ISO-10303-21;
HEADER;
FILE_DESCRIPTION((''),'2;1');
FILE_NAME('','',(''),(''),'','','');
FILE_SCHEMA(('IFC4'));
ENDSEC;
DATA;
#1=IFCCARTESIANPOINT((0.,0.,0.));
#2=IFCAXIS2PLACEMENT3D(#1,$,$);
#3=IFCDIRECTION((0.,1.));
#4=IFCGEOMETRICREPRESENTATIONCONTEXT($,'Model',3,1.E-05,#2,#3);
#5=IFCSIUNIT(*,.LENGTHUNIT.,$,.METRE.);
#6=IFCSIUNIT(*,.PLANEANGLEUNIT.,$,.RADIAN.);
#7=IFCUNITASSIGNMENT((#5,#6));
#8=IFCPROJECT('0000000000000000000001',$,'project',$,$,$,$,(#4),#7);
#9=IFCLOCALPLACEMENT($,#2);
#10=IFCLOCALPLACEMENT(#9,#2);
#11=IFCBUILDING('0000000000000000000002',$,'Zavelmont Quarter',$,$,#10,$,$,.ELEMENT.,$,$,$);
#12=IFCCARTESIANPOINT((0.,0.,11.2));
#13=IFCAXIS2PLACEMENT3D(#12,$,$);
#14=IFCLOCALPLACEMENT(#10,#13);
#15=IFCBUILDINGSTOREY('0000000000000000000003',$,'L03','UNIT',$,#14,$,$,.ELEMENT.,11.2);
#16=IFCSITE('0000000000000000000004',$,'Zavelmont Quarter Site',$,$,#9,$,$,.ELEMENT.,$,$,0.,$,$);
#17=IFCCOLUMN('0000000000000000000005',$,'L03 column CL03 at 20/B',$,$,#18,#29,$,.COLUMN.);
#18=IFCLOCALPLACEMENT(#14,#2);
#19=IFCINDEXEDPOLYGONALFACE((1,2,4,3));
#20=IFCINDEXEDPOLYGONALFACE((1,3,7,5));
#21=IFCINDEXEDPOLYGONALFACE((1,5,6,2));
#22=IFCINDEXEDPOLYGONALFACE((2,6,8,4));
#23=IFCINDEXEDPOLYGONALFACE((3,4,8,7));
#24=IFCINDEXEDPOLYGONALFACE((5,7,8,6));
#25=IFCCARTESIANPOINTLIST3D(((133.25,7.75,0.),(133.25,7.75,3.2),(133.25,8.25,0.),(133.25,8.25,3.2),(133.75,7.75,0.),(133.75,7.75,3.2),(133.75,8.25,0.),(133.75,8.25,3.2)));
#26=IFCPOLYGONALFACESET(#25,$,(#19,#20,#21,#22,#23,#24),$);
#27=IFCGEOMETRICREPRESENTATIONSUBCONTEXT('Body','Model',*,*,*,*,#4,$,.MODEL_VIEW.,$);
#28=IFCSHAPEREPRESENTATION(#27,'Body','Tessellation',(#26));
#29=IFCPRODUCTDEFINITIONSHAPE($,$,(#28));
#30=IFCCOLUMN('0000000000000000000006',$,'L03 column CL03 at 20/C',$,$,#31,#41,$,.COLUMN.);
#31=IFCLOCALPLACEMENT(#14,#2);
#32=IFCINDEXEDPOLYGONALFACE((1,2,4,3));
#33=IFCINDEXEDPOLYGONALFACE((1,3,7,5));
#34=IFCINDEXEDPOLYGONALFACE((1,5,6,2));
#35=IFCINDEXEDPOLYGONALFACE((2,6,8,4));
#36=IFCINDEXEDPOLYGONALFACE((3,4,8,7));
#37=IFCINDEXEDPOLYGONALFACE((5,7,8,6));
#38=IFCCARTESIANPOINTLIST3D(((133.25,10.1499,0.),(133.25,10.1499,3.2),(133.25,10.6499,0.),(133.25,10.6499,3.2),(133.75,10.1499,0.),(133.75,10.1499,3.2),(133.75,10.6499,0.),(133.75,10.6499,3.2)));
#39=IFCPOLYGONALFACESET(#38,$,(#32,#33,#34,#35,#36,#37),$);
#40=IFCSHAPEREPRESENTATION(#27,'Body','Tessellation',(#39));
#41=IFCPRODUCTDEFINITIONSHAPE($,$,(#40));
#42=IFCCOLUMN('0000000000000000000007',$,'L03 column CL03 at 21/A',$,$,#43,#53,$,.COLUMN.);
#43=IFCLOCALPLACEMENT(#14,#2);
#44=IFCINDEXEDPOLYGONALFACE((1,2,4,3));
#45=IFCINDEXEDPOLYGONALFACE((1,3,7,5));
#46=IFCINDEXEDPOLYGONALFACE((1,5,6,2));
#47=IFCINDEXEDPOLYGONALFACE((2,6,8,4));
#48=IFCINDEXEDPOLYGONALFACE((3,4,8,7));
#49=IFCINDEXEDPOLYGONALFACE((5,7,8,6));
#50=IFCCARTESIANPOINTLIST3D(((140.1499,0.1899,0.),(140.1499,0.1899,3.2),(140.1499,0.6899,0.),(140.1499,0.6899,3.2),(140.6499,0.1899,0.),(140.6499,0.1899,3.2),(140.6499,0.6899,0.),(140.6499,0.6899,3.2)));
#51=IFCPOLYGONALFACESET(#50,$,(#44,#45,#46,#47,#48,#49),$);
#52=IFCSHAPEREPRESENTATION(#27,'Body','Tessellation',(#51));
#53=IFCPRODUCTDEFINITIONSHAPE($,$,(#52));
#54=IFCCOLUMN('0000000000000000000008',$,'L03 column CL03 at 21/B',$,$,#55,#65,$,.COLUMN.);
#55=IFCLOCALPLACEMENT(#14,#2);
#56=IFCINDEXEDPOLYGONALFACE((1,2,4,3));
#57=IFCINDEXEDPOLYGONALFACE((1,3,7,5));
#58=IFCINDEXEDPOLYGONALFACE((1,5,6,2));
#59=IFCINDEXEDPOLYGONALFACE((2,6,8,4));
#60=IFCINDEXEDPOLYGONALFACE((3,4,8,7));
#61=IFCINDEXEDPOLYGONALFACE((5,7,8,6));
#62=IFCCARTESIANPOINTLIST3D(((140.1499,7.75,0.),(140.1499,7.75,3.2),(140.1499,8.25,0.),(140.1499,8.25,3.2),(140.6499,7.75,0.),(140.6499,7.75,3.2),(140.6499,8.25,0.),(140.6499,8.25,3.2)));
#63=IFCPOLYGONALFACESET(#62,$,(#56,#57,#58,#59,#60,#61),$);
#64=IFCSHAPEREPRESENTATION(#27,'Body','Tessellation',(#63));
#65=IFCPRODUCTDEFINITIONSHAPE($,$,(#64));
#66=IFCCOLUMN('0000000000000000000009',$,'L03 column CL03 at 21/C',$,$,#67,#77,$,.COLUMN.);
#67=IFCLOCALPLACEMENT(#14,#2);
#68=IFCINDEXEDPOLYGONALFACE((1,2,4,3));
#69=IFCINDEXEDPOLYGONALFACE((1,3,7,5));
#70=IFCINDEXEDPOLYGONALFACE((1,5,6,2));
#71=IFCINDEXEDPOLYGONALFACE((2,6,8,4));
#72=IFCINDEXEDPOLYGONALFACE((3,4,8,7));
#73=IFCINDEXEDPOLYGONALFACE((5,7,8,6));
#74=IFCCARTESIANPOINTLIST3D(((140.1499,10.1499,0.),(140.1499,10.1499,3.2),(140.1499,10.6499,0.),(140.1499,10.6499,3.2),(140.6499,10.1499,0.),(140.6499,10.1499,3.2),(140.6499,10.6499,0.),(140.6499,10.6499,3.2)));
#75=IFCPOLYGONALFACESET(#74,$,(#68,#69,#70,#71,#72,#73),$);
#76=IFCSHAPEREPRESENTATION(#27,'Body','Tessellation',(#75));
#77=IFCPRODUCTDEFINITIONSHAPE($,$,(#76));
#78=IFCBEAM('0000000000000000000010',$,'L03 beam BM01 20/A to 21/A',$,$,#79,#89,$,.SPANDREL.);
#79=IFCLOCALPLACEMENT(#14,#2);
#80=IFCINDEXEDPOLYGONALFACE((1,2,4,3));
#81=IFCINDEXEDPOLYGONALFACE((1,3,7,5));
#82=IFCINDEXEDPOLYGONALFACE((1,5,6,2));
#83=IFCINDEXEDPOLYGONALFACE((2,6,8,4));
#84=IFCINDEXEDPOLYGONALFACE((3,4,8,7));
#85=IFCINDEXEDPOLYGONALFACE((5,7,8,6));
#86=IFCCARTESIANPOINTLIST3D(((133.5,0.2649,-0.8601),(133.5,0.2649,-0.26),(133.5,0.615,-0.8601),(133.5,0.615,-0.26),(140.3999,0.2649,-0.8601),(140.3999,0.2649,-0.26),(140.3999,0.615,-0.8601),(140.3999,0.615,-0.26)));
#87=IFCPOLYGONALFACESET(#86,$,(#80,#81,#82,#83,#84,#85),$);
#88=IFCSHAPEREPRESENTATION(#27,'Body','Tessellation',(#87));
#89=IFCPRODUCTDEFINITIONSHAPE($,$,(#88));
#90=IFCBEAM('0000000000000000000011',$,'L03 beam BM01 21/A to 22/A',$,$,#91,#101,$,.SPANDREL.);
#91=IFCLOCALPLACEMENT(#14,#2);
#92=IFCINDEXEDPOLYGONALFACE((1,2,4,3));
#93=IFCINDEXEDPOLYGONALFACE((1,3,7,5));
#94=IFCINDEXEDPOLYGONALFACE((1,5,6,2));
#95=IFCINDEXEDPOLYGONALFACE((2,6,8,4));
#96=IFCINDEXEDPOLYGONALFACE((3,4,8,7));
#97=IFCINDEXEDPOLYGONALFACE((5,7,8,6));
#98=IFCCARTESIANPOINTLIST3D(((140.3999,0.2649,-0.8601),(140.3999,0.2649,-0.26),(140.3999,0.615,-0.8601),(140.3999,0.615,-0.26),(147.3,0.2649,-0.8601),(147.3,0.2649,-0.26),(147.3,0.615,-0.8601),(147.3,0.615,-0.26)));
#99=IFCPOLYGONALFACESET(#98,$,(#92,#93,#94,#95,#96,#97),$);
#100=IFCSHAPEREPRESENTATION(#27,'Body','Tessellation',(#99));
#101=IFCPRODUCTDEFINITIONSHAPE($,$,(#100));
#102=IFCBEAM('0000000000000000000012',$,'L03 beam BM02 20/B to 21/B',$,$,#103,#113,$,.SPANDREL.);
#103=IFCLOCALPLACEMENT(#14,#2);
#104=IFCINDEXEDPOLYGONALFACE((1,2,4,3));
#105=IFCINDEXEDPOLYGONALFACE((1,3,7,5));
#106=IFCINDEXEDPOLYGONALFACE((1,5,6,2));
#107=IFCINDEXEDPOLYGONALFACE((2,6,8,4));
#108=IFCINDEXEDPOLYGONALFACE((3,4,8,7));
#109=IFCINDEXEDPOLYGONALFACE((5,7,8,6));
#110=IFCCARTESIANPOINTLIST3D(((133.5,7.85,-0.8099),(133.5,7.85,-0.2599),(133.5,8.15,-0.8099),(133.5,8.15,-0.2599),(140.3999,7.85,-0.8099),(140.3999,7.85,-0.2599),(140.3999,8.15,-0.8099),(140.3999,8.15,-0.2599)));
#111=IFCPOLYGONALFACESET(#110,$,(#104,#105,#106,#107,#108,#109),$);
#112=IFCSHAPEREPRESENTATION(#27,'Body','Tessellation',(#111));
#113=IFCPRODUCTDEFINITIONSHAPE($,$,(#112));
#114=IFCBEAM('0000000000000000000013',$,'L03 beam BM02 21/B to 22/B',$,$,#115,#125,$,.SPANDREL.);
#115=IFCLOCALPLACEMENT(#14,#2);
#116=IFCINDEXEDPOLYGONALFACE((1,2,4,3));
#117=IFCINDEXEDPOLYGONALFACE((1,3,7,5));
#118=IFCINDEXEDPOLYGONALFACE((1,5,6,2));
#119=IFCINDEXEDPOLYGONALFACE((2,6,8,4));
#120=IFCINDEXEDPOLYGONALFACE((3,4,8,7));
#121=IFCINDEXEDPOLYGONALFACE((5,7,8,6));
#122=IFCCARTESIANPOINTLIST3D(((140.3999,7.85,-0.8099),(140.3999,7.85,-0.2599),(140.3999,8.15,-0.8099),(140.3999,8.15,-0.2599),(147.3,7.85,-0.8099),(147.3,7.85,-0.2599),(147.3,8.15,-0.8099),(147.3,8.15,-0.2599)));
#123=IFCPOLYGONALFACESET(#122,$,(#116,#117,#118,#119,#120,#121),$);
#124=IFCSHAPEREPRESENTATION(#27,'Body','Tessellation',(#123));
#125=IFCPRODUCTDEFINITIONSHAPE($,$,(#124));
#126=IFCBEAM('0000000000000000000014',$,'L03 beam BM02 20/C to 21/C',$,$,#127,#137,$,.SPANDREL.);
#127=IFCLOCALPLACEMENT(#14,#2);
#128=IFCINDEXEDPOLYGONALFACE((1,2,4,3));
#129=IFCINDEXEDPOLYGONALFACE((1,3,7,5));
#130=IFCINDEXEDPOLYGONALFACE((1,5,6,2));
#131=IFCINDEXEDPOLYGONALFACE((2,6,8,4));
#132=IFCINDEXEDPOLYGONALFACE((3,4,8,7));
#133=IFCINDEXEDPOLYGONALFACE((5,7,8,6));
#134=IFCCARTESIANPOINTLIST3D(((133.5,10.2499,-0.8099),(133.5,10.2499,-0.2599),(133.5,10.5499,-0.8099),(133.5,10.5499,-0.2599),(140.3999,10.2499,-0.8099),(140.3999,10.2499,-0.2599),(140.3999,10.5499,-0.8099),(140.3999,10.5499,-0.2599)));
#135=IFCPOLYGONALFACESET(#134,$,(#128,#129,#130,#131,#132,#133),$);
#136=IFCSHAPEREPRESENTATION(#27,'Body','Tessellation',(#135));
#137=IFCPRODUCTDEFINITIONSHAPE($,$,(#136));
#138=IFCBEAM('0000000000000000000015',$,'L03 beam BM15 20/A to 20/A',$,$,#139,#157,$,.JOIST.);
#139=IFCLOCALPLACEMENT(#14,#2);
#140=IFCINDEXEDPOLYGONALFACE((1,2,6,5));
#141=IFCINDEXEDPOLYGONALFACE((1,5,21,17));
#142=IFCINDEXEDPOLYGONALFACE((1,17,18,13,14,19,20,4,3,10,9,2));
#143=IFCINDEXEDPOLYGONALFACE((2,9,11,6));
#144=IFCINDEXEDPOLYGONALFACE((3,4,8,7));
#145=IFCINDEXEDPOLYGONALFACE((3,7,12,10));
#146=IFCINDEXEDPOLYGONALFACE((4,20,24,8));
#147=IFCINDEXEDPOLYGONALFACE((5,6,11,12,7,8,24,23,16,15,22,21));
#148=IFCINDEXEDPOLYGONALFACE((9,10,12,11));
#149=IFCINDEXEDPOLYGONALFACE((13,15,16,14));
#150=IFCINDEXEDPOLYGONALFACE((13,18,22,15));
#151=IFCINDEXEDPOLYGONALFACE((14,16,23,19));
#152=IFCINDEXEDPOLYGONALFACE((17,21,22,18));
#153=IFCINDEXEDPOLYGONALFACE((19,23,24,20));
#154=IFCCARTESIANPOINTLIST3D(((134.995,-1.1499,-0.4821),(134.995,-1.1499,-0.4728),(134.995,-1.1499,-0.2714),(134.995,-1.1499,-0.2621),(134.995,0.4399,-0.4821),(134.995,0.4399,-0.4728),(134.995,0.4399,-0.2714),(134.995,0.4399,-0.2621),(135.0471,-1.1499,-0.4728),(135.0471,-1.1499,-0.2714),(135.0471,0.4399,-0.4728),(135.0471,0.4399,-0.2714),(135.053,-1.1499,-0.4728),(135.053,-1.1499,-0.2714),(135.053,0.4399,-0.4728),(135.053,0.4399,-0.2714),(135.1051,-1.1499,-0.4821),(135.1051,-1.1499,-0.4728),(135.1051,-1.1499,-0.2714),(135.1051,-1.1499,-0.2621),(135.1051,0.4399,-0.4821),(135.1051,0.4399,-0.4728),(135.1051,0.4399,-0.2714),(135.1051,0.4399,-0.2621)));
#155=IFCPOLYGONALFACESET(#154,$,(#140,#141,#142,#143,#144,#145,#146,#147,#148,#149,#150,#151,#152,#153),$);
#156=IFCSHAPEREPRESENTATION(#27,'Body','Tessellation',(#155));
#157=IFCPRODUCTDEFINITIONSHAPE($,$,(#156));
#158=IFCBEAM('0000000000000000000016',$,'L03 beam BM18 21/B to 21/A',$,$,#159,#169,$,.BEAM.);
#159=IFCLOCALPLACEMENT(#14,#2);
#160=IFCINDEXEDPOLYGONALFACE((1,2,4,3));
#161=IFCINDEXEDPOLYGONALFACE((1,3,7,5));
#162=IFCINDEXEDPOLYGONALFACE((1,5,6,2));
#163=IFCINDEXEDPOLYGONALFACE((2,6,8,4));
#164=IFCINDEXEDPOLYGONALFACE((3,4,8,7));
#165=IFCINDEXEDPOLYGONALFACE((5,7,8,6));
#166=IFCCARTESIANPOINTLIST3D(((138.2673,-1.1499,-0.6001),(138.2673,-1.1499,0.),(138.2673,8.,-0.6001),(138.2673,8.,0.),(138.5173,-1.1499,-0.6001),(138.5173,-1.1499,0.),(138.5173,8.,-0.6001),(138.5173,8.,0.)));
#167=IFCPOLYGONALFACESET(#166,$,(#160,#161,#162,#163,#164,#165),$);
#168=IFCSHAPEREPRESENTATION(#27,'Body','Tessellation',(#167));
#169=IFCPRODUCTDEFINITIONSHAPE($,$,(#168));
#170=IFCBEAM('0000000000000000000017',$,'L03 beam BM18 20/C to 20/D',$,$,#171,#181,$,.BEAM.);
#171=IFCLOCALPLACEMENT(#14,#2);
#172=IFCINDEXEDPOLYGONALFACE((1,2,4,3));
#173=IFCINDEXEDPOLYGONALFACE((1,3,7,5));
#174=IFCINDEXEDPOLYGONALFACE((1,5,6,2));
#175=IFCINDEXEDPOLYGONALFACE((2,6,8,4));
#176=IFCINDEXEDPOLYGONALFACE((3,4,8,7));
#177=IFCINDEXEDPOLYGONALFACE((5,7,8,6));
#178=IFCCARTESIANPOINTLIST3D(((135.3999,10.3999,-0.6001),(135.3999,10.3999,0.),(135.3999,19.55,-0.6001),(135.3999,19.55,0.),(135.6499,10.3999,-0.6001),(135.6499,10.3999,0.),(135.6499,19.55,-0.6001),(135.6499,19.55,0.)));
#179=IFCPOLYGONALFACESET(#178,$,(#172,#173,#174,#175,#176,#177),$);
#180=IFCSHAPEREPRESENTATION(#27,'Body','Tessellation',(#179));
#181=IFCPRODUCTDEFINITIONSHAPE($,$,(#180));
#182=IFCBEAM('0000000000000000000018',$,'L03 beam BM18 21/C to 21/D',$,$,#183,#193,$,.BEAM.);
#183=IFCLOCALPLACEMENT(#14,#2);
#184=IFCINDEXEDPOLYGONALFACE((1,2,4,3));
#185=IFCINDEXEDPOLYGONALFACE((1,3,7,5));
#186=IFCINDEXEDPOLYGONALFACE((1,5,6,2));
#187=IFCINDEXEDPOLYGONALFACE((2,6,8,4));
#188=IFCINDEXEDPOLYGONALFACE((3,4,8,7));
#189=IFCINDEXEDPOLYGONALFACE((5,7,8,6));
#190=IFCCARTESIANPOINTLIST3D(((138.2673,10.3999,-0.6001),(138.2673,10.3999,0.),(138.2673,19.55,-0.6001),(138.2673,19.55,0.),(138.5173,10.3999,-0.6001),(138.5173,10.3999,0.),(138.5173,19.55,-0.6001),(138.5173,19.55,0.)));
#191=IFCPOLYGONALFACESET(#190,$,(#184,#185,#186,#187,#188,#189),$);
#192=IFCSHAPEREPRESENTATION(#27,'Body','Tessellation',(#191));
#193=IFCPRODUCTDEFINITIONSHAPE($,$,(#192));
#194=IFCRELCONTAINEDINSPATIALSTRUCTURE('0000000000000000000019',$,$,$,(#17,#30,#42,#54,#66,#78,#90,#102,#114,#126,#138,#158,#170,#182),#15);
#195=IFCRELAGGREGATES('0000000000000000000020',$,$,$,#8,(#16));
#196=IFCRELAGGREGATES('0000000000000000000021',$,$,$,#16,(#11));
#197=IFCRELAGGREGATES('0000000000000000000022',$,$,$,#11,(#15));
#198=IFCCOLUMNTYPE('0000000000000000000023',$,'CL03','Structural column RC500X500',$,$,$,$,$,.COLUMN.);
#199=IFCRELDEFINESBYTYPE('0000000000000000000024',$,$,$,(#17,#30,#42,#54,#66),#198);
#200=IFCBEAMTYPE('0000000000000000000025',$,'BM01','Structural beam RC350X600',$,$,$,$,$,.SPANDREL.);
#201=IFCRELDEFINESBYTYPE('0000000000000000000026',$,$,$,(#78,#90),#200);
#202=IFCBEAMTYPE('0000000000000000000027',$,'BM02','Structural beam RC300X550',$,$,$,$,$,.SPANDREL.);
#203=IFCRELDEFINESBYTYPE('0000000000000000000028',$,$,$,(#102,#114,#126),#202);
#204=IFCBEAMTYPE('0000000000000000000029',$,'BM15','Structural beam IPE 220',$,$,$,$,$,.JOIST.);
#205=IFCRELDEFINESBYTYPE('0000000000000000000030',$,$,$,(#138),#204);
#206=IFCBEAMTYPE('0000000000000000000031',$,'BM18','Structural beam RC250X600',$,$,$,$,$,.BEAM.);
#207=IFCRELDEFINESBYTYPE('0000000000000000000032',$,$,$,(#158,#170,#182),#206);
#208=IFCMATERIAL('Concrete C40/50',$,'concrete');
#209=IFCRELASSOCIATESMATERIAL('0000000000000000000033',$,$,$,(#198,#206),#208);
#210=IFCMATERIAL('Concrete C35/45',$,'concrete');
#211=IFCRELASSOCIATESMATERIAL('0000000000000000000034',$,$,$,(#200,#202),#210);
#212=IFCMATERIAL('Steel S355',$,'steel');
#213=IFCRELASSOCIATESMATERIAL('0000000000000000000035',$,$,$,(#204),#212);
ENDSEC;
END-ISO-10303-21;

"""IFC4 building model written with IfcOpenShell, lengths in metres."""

from ifc_helpers import new_model, si_unit, direction, frame, origin, origin_2d, place, context, subcontext, project, spatial, rectangle, i_section, extrude, material, material_profile, profile_set, type_object, element, save


model = new_model("IFC4")

# Units and contexts
model_context = context("Model", 3, precision=1e-05, world=origin(), true_north=direction((0.0, 1.0)))
body_context = subcontext(model_context, "Body", "Model", "MODEL_VIEW")
ifc_project = project(units=[si_unit("LENGTHUNIT", "METRE"), si_unit("PLANEANGLEUNIT", "RADIAN")], contexts=[model_context])

# Site, building, storey
site_placement = place(None, origin())
site = spatial("IfcSite", under=ifc_project, at=site_placement, Name="Zavelmont Quarter Site", CompositionType="ELEMENT", RefElevation=0.0)
building_placement = place(site_placement, origin())
building = spatial("IfcBuilding", under=site, at=building_placement, Name="Zavelmont Quarter", CompositionType="ELEMENT")
storey_placement = place(building_placement, frame((0.0, 0.0, 11.2)))
storey = spatial("IfcBuildingStorey", under=building, at=storey_placement, Name="L03", Description="UNIT", CompositionType="ELEMENT", Elevation=11.2)

# Columns
ifc_material_1 = material(Name="Concrete C40/50", Category="concrete")
ifc_material_profile_1 = material_profile(ifc_material_1, rectangle(XDim=0.5, YDim=0.5, at=origin_2d()), Name="RC500X500")
ifc_profile_set_1 = profile_set([ifc_material_profile_1], Name="Concrete C40/50")
column_type = type_object("IfcColumnType", Name="CL03", Description="Structural column RC500X500", PredefinedType="COLUMN", material=ifc_profile_set_1)
for number, where, z_axis, x_axis, name in (
    (1, (133.5, 8.0, 0.0), (0.0, 0.0, 1.0), (1.0, 0.0, 0.0), "L03 column CL03 at 20/B"),
    (2, (133.5, 10.3999, 0.0), (0.0, 0.0, 1.0), (1.0, 0.0, 0.0), "L03 column CL03 at 20/C"),
    (3, (140.3999, 0.4399, 0.0), (0.0, 0.0, 1.0), (1.0, 0.0, 0.0), "L03 column CL03 at 21/A"),
    (4, (140.3999, 8.0, 0.0), (0.0, 0.0, 1.0), (1.0, 0.0, 0.0), "L03 column CL03 at 21/B"),
    (5, (140.3999, 10.3999, 0.0), (0.0, 0.0, 1.0), (1.0, 0.0, 0.0), "L03 column CL03 at 21/C"),
):
    element("IfcColumn", number, at=place(storey_placement, frame(where, z_axis=z_axis, x_axis=x_axis)), inside=storey, type_object=column_type, Name=name, PredefinedType="COLUMN", context=body_context, shape_type="SweptSolid", body=[
        extrude(rectangle(XDim=0.5, YDim=0.5, at=origin_2d()), origin(), (0.0, 0.0, 1.0), 3.2),
    ])

# Beams
ifc_material_2 = material(Name="Concrete C35/45", Category="concrete")
ifc_material_profile_2 = material_profile(ifc_material_2, rectangle(XDim=0.3501, YDim=0.6001, at=origin_2d()), Name="RC350X600")
ifc_profile_set_2 = profile_set([ifc_material_profile_2], Name="Concrete C35/45")
beam_type_1 = type_object("IfcBeamType", Name="BM01", Description="Structural beam RC350X600", PredefinedType="SPANDREL", material=ifc_profile_set_2)
beam_1_placement = place(storey_placement, frame((133.5, 0.4399, -0.5601), z_axis=(1.0, 0.0, 0.0), x_axis=(0.0, 1.0, 0.0)))
element("IfcBeam", 6, at=beam_1_placement, inside=storey, type_object=beam_type_1, Name="L03 beam BM01 20/A to 21/A", PredefinedType="SPANDREL", context=body_context, shape_type="SweptSolid", body=[
    extrude(rectangle(XDim=0.3501, YDim=0.6001, at=origin_2d()), origin(), (0.0, 0.0, 1.0), 6.8999),
])
beam_2_placement = place(storey_placement, frame((140.3999, 0.4399, -0.5601), z_axis=(1.0, 0.0, 0.0), x_axis=(0.0, 1.0, 0.0)))
element("IfcBeam", 7, at=beam_2_placement, inside=storey, type_object=beam_type_1, Name="L03 beam BM01 21/A to 22/A", PredefinedType="SPANDREL", context=body_context, shape_type="SweptSolid", body=[
    extrude(rectangle(XDim=0.3501, YDim=0.6001, at=origin_2d()), origin(), (0.0, 0.0, 1.0), 6.9001),
])
ifc_material_profile_3 = material_profile(ifc_material_2, rectangle(XDim=0.3, YDim=0.55, at=origin_2d()), Name="RC300X550")
ifc_profile_set_3 = profile_set([ifc_material_profile_3], Name="Concrete C35/45")
beam_type_2 = type_object("IfcBeamType", Name="BM02", Description="Structural beam RC300X550", PredefinedType="SPANDREL", material=ifc_profile_set_3)
beam_3_placement = place(storey_placement, frame((133.5, 8.0, -0.5349), z_axis=(1.0, 0.0, 0.0), x_axis=(0.0, 1.0, 0.0)))
element("IfcBeam", 8, at=beam_3_placement, inside=storey, type_object=beam_type_2, Name="L03 beam BM02 20/B to 21/B", PredefinedType="SPANDREL", context=body_context, shape_type="SweptSolid", body=[
    extrude(rectangle(XDim=0.3, YDim=0.55, at=origin_2d()), origin(), (0.0, 0.0, 1.0), 6.8999),
])
beam_4_placement = place(storey_placement, frame((140.3999, 8.0, -0.5349), z_axis=(1.0, 0.0, 0.0), x_axis=(0.0, 1.0, 0.0)))
element("IfcBeam", 9, at=beam_4_placement, inside=storey, type_object=beam_type_2, Name="L03 beam BM02 21/B to 22/B", PredefinedType="SPANDREL", context=body_context, shape_type="SweptSolid", body=[
    extrude(rectangle(XDim=0.3, YDim=0.55, at=origin_2d()), origin(), (0.0, 0.0, 1.0), 6.9001),
])
beam_5_placement = place(storey_placement, frame((133.5, 10.3999, -0.5349), z_axis=(1.0, 0.0, 0.0), x_axis=(0.0, 1.0, 0.0)))
element("IfcBeam", 10, at=beam_5_placement, inside=storey, type_object=beam_type_2, Name="L03 beam BM02 20/C to 21/C", PredefinedType="SPANDREL", context=body_context, shape_type="SweptSolid", body=[
    extrude(rectangle(XDim=0.3, YDim=0.55, at=origin_2d()), origin(), (0.0, 0.0, 1.0), 6.8999),
])
ifc_material_3 = material(Name="Steel S355", Category="steel")
ifc_material_profile_4 = material_profile(ifc_material_3, i_section(OverallWidth=0.1101, OverallDepth=0.22, WebThickness=0.0059, FlangeThickness=0.0093, at=origin_2d()), Name="IPE 220")
ifc_profile_set_4 = profile_set([ifc_material_profile_4], Name="Steel S355")
beam_type_3 = type_object("IfcBeamType", Name="BM15", Description="Structural beam IPE 220", PredefinedType="JOIST", material=ifc_profile_set_4)
beam_6_placement = place(storey_placement, frame((135.05, 0.4399, -0.3721), z_axis=(0.0, -1.0, 0.0), x_axis=(1.0, 0.0, 0.0)))
element("IfcBeam", 11, at=beam_6_placement, inside=storey, type_object=beam_type_3, Name="L03 beam BM15 20/A to 20/A", PredefinedType="JOIST", context=body_context, shape_type="SweptSolid", body=[
    extrude(i_section(OverallWidth=0.1101, OverallDepth=0.22, WebThickness=0.0059, FlangeThickness=0.0093, at=origin_2d()), origin(), (0.0, 0.0, 1.0), 1.5898),
])
ifc_material_profile_5 = material_profile(ifc_material_1, rectangle(XDim=0.25, YDim=0.6001, at=origin_2d()), Name="RC250X600")
ifc_profile_set_5 = profile_set([ifc_material_profile_5], Name="Concrete C40/50")
beam_type_4 = type_object("IfcBeamType", Name="BM18", Description="Structural beam RC250X600", PredefinedType="BEAM", material=ifc_profile_set_5)
beam_7_placement = place(storey_placement, frame((138.3923, 8.0, -0.3), z_axis=(0.0, -1.0, 0.0), x_axis=(1.0, 0.0, 0.0)))
element("IfcBeam", 12, at=beam_7_placement, inside=storey, type_object=beam_type_4, Name="L03 beam BM18 21/B to 21/A", PredefinedType="BEAM", context=body_context, shape_type="SweptSolid", body=[
    extrude(rectangle(XDim=0.25, YDim=0.6001, at=origin_2d()), origin(), (0.0, 0.0, 1.0), 9.1499),
])
for number, where, z_axis, x_axis, name in (
    (13, (135.5249, 10.3999, -0.3), (0.0, 1.0, 0.0), (-1.0, 0.0, 0.0), "L03 beam BM18 20/C to 20/D"),
    (14, (138.3923, 10.3999, -0.3), (0.0, 1.0, 0.0), (-1.0, 0.0, 0.0), "L03 beam BM18 21/C to 21/D"),
):
    element("IfcBeam", number, at=place(storey_placement, frame(where, z_axis=z_axis, x_axis=x_axis)), inside=storey, type_object=beam_type_4, Name=name, PredefinedType="BEAM", context=body_context, shape_type="SweptSolid", body=[
        extrude(rectangle(XDim=0.25, YDim=0.6001, at=origin_2d()), origin(), (0.0, 0.0, 1.0), 9.1501),
    ])

save(model, "model.ifc")
